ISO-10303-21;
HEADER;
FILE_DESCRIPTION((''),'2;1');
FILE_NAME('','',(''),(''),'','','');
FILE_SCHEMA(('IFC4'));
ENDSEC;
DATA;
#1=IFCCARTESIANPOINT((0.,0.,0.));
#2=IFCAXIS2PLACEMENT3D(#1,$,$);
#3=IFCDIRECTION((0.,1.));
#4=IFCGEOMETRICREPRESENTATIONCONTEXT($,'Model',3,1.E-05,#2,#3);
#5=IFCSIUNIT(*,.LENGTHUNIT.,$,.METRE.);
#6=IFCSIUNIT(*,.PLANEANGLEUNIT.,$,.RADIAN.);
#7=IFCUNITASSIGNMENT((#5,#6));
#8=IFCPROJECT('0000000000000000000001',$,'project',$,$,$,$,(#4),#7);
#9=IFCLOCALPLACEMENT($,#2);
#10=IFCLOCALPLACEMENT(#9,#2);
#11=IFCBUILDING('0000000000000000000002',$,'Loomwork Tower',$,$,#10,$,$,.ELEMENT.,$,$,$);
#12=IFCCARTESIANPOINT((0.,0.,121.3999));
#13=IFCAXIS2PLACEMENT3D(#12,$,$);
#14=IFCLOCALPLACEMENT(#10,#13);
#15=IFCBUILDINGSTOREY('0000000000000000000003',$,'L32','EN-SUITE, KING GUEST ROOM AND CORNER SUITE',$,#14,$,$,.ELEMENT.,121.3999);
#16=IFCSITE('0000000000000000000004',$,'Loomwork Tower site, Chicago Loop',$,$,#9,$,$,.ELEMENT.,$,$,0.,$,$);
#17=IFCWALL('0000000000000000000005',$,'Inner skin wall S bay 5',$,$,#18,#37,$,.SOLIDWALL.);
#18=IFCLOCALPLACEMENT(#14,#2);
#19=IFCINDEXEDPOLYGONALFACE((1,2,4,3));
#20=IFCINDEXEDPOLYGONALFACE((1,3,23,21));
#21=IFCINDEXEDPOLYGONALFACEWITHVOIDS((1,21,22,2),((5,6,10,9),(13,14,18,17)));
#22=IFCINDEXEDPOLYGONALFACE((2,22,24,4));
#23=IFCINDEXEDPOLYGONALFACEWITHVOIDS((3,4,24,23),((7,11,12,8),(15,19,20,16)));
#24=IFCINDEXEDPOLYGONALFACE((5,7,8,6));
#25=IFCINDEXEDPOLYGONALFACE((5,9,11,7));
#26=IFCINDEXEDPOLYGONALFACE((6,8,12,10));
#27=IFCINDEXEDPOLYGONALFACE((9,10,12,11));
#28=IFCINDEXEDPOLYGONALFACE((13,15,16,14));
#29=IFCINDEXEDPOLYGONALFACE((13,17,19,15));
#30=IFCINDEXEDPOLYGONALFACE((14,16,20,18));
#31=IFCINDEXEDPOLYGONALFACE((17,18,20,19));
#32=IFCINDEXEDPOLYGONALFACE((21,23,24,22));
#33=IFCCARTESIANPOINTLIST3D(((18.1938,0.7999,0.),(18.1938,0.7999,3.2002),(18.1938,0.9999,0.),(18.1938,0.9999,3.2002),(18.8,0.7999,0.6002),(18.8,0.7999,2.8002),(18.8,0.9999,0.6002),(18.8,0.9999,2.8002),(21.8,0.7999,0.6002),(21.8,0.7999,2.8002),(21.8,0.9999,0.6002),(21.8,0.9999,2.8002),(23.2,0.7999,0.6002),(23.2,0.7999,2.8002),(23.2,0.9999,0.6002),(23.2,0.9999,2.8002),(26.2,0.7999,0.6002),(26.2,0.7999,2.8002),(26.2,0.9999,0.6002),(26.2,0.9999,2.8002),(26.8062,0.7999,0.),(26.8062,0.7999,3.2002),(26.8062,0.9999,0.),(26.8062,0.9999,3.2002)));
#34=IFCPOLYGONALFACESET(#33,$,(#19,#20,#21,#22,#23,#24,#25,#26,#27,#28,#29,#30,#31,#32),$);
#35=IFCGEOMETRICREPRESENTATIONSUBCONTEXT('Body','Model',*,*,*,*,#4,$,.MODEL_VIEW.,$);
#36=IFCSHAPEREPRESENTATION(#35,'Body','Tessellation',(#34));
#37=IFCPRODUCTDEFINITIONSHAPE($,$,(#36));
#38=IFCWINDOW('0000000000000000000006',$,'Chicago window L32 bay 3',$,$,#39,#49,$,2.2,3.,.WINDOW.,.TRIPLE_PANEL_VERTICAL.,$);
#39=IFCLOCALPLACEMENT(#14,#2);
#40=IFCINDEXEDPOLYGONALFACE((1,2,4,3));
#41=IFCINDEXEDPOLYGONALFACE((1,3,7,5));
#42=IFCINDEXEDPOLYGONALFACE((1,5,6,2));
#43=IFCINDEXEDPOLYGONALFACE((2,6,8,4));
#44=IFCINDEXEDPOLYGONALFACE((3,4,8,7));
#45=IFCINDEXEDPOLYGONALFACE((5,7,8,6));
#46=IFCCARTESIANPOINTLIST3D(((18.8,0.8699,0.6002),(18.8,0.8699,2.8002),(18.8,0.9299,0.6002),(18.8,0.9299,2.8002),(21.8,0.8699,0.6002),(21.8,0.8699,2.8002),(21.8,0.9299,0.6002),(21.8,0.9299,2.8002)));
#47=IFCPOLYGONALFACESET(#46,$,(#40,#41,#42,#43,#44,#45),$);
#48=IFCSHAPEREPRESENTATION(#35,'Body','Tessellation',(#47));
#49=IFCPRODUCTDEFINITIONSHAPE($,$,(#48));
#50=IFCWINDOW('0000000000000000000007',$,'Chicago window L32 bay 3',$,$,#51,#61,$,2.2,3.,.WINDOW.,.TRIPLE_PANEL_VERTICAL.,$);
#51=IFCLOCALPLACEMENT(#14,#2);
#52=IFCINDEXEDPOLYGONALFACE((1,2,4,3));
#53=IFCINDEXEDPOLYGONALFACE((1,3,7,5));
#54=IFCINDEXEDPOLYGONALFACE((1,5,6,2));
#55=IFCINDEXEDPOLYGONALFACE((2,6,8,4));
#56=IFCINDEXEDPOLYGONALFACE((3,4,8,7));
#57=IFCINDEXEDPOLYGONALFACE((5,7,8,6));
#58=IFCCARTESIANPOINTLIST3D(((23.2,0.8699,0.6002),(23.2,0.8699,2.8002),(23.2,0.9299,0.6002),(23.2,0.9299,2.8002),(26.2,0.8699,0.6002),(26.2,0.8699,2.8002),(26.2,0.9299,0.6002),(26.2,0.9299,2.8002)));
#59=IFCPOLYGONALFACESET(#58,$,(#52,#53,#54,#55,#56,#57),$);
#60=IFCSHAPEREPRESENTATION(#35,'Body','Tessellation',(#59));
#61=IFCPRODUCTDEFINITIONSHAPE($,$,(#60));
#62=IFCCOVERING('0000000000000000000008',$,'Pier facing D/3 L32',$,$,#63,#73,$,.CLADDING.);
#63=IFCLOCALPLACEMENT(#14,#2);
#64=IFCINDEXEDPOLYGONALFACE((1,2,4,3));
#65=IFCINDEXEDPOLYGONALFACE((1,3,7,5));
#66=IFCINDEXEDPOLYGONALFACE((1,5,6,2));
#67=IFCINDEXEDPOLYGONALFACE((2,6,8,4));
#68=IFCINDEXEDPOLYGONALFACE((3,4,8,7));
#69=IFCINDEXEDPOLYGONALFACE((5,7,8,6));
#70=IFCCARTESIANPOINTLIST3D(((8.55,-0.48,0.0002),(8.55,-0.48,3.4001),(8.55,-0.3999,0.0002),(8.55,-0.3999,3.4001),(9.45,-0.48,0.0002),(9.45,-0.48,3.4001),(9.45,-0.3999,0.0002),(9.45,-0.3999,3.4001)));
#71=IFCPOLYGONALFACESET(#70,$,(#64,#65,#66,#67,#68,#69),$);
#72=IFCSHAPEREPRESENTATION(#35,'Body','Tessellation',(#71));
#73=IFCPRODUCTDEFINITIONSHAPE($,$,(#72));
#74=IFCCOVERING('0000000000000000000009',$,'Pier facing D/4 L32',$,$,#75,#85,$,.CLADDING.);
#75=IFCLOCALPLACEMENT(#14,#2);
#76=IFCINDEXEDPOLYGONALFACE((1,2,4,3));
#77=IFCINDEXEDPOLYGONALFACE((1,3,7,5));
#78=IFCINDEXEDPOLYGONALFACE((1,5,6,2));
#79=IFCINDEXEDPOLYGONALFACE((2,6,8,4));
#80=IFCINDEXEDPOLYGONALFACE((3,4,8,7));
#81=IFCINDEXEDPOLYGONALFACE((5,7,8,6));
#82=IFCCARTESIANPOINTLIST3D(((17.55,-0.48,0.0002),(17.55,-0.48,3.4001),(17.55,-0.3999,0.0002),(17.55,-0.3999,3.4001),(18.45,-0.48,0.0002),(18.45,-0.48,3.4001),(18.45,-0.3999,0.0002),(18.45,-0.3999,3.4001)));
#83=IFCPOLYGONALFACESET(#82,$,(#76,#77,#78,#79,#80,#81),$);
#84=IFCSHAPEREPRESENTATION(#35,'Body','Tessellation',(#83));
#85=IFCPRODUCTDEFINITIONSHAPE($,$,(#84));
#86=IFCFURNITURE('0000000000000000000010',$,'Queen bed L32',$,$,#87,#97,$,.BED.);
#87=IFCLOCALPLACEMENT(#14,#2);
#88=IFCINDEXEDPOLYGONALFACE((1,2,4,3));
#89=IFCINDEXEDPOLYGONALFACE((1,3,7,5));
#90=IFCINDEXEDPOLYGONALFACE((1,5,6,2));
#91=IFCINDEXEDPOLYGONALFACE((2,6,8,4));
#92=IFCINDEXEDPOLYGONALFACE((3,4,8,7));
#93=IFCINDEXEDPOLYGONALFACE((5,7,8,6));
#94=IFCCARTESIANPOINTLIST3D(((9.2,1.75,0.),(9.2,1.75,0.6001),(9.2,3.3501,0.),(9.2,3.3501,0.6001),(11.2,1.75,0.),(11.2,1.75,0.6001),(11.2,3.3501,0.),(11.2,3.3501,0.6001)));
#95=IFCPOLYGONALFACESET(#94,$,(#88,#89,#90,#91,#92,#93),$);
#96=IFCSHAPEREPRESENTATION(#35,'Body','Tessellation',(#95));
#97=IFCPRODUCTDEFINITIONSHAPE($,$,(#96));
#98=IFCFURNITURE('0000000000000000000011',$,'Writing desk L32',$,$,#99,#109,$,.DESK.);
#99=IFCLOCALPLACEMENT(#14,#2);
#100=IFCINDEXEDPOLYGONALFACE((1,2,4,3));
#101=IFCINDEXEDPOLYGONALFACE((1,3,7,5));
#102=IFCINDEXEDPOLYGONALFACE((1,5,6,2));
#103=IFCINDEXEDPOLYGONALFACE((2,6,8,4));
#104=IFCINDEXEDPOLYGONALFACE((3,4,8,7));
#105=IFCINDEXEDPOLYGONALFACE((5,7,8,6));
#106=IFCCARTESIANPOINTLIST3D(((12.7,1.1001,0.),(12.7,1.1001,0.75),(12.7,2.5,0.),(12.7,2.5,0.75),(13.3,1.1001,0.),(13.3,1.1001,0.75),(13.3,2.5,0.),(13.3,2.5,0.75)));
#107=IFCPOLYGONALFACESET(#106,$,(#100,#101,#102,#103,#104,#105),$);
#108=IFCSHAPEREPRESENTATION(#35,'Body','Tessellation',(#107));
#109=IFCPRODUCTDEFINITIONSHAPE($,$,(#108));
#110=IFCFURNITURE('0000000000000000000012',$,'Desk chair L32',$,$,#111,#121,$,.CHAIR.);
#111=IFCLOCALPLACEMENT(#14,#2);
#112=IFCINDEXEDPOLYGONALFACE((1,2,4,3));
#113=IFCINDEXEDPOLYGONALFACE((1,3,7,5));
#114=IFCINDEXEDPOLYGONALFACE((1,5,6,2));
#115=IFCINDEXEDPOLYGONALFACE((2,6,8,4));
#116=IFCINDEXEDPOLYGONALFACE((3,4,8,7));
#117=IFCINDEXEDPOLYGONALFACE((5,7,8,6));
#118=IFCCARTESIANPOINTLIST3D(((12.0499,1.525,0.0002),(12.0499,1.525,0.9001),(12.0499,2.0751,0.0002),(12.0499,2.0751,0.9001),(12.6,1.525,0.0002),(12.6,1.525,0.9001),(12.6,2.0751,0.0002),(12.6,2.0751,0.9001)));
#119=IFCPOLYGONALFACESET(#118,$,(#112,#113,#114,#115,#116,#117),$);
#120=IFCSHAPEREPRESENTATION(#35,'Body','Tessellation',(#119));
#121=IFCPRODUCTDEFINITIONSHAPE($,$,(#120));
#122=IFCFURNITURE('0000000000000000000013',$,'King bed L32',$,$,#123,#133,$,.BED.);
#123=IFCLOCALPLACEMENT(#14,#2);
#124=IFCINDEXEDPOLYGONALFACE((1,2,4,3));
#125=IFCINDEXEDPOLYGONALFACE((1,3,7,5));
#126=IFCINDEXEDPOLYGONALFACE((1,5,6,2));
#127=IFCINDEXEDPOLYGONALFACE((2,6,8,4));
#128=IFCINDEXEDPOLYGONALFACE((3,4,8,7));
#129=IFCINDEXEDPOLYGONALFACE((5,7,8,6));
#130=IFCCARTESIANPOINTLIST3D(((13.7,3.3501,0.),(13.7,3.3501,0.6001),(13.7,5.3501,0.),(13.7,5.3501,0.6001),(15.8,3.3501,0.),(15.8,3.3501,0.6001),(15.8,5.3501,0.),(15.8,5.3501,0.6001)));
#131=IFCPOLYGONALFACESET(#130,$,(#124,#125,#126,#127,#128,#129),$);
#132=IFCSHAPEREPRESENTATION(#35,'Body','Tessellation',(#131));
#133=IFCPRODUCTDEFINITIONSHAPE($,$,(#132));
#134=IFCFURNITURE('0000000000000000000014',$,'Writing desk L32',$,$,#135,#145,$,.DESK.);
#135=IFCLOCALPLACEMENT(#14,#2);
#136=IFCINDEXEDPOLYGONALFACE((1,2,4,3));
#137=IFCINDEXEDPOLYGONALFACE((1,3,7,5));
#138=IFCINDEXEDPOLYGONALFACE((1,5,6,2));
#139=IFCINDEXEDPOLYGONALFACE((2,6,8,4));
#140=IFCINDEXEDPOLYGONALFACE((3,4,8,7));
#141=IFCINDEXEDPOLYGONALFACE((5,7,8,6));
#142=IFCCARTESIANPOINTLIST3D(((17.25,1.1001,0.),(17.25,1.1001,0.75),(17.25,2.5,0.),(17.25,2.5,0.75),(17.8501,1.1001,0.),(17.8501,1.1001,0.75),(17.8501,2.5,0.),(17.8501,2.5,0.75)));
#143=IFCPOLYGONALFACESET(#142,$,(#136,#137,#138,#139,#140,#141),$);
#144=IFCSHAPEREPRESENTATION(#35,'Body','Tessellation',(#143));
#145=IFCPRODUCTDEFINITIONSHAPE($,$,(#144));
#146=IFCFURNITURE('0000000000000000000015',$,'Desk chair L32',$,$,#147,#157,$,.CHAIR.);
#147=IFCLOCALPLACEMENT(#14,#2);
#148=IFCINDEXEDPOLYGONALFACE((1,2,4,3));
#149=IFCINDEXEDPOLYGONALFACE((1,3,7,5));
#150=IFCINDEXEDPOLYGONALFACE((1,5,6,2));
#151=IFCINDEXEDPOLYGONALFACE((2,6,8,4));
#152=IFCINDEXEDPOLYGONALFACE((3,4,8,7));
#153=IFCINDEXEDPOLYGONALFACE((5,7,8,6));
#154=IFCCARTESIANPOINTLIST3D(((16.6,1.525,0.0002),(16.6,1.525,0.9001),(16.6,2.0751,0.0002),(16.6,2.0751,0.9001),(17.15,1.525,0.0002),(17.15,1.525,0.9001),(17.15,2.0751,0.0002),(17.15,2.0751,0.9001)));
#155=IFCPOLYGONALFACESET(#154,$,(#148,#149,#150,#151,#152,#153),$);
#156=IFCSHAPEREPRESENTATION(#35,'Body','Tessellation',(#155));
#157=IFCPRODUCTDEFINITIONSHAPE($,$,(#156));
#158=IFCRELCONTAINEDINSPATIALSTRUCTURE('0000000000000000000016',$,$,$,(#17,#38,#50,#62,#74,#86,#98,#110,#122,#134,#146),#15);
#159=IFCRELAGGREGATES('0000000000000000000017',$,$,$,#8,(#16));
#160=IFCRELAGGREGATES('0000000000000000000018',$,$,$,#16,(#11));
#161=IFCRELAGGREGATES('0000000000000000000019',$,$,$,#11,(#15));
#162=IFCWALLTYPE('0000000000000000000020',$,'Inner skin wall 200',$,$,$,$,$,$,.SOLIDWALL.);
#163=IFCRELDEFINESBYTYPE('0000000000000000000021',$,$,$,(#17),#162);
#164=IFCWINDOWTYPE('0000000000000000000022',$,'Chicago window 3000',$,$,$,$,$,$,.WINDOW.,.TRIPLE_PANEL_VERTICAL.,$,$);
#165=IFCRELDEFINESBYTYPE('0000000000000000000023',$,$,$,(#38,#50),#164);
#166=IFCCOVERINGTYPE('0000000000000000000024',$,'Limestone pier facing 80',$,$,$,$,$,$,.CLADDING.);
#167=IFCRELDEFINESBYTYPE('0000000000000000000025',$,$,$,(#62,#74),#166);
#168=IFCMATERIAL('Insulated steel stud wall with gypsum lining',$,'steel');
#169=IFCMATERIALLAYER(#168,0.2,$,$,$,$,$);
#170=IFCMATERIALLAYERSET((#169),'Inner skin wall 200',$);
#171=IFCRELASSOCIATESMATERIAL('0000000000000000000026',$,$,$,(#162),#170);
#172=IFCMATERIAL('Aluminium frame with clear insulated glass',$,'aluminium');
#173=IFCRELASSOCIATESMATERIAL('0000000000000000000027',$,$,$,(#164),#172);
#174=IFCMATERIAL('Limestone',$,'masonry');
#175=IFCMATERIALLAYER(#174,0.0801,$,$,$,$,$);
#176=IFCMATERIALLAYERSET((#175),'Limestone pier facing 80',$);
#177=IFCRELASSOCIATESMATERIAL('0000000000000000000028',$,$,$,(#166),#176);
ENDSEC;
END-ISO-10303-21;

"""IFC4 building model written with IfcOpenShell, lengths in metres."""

from ifc_helpers import new_model, si_unit, direction, frame, frame_2d, origin, origin_2d, place, context, subcontext, project, spatial, rectangle, extrude, material, layer, layer_set, type_object, element, fill, save


model = new_model("IFC4")

# Units and contexts
model_context = context("Model", 3, precision=1e-05, world=origin(), true_north=direction((0.0, 1.0)))
body_context = subcontext(model_context, "Body", "Model", "MODEL_VIEW")
ifc_project = project(units=[si_unit("LENGTHUNIT", "METRE"), si_unit("PLANEANGLEUNIT", "RADIAN")], contexts=[model_context])

# Site, building, storey
site_placement = place(None, origin())
site = spatial("IfcSite", under=ifc_project, at=site_placement, Name="Loomwork Tower site, Chicago Loop", CompositionType="ELEMENT", RefElevation=0.0)
building_placement = place(site_placement, origin())
building = spatial("IfcBuilding", under=site, at=building_placement, Name="Loomwork Tower", CompositionType="ELEMENT")
storey_placement = place(building_placement, frame((0.0, 0.0, 121.3999)))
storey = spatial("IfcBuildingStorey", under=building, at=storey_placement, Name="L32", Description="EN-SUITE, KING GUEST ROOM AND CORNER SUITE", CompositionType="ELEMENT", Elevation=121.3999)

# Shared definitions
ifc_material_1 = material(Name="Insulated steel stud wall with gypsum lining", Category="steel")
ifc_layer_1 = layer(ifc_material_1, 0.2)
ifc_layer_set_1 = layer_set([ifc_layer_1], Name="Inner skin wall 200")
wall_type_1 = type_object("IfcWallType", Name="Inner skin wall 200", PredefinedType="SOLIDWALL", material=ifc_layer_set_1)

# Shared definitions
ifc_material_2 = material(Name="Aluminium frame with clear insulated glass", Category="aluminium")
window_type = type_object("IfcWindowType", Name="Chicago window 3000", PartitioningType="TRIPLE_PANEL_VERTICAL", PredefinedType="WINDOW", material=ifc_material_2)

# Wall, openings, windows
wall_1_placement = place(storey_placement, frame((18.1938, 0.8999, 0.0), z_axis=(0.0, 0.0, 1.0), x_axis=(1.0, 0.0, 0.0)))
wall_1 = element("IfcWall", 1, at=wall_1_placement, inside=storey, type_object=wall_type_1, Name="Inner skin wall S bay 5", PredefinedType="SOLIDWALL", context=body_context, shape_type="SweptSolid", body=[
    extrude(rectangle(XDim=8.6123, YDim=0.2, at=frame_2d((4.3062, 0.0))), origin(), (0.0, 0.0, 1.0), 3.2002),
])
opening_1_placement = place(wall_1_placement, frame((0.6062, 0.0, 0.6001)))
opening_1 = element("IfcOpeningElement", 2, at=opening_1_placement, cuts=wall_1, PredefinedType="OPENING", context=body_context, shape_type="SweptSolid", body=[
    extrude(rectangle(XDim=3.0, YDim=2.2, at=frame_2d((1.5, 1.1001))), frame((0.0, 0.1099, 0.0), z_axis=(0.0, -1.0, 0.0), x_axis=(1.0, 0.0, 0.0)), (0.0, 0.0, 1.0), 0.22),
])
opening_2_placement = place(wall_1_placement, frame((5.0061, 0.0, 0.6001)))
opening_2 = element("IfcOpeningElement", 3, at=opening_2_placement, cuts=wall_1, PredefinedType="OPENING", context=body_context, shape_type="SweptSolid", body=[
    extrude(rectangle(XDim=3.0, YDim=2.2, at=frame_2d((1.5, 1.1001))), frame((0.0, 0.1099, 0.0), z_axis=(0.0, -1.0, 0.0), x_axis=(1.0, 0.0, 0.0)), (0.0, 0.0, 1.0), 0.22),
])
window_1_placement = place(opening_1_placement, origin())
window_1 = element("IfcWindow", 4, at=window_1_placement, inside=storey, type_object=window_type, Name="Chicago window L32 bay 3", OverallHeight=2.2, OverallWidth=3.0, PartitioningType="TRIPLE_PANEL_VERTICAL", PredefinedType="WINDOW", context=body_context, shape_type="SweptSolid", body=[
    extrude(rectangle(XDim=3.0, YDim=2.2, at=frame_2d((1.5, 1.1001))), frame((0.0, 0.03, 0.0), z_axis=(0.0, -1.0, 0.0), x_axis=(1.0, 0.0, 0.0)), (0.0, 0.0, 1.0), 0.0601),
])
fill(opening_1, window_1)
window_2_placement = place(opening_2_placement, origin())
window_2 = element("IfcWindow", 5, at=window_2_placement, inside=storey, type_object=window_type, Name="Chicago window L32 bay 3", OverallHeight=2.2, OverallWidth=3.0, PartitioningType="TRIPLE_PANEL_VERTICAL", PredefinedType="WINDOW", context=body_context, shape_type="SweptSolid", body=[
    extrude(rectangle(XDim=3.0, YDim=2.2, at=frame_2d((1.5, 1.1001))), frame((0.0, 0.03, 0.0), z_axis=(0.0, -1.0, 0.0), x_axis=(1.0, 0.0, 0.0)), (0.0, 0.0, 1.0), 0.0601),
])
fill(opening_2, window_2)

# Coverings
ifc_material_3 = material(Name="Limestone", Category="masonry")
ifc_layer_2 = layer(ifc_material_3, 0.0801)
ifc_layer_set_2 = layer_set([ifc_layer_2], Name="Limestone pier facing 80")
covering_type = type_object("IfcCoveringType", Name="Limestone pier facing 80", PredefinedType="CLADDING", material=ifc_layer_set_2)
for number, where, z_axis, x_axis, name in (
    (6, (9.0, -0.4399, 0.0002), (0.0, 0.0, 1.0), (1.0, 0.0, 0.0), "Pier facing D/3 L32"),
    (7, (18.0, -0.4399, 0.0002), (0.0, 0.0, 1.0), (1.0, 0.0, 0.0), "Pier facing D/4 L32"),
):
    element("IfcCovering", number, at=place(storey_placement, frame(where, z_axis=z_axis, x_axis=x_axis)), inside=storey, type_object=covering_type, Name=name, PredefinedType="CLADDING", context=body_context, shape_type="SweptSolid", body=[
        extrude(rectangle(XDim=0.8999, YDim=0.0801, at=origin_2d()), origin(), (0.0, 0.0, 1.0), 3.3999),
    ])

# Furniture
furniture_1_placement = place(storey_placement, frame((10.2, 2.55, 0.0), z_axis=(0.0, 0.0, 1.0), x_axis=(1.0, 0.0, 0.0)))
element("IfcFurniture", 8, at=furniture_1_placement, inside=storey, Name="Queen bed L32", PredefinedType="BED", context=body_context, shape_type="SweptSolid", body=[
    extrude(rectangle(XDim=2.0, YDim=1.6001, at=origin_2d()), origin(), (0.0, 0.0, 1.0), 0.6001),
])
furniture_2_placement = place(storey_placement, frame((13.0, 1.8, 0.0), z_axis=(0.0, 0.0, 1.0), x_axis=(1.0, 0.0, 0.0)))
element("IfcFurniture", 9, at=furniture_2_placement, inside=storey, Name="Writing desk L32", PredefinedType="DESK", context=body_context, shape_type="SweptSolid", body=[
    extrude(rectangle(XDim=0.6001, YDim=1.3999, at=origin_2d()), origin(), (0.0, 0.0, 1.0), 0.75),
])
furniture_3_placement = place(storey_placement, frame((12.325, 1.8, 0.0002), z_axis=(0.0, 0.0, 1.0), x_axis=(1.0, 0.0, 0.0)))
element("IfcFurniture", 10, at=furniture_3_placement, inside=storey, Name="Desk chair L32", PredefinedType="CHAIR", context=body_context, shape_type="SweptSolid", body=[
    extrude(rectangle(XDim=0.55, YDim=0.55, at=origin_2d()), origin(), (0.0, 0.0, 1.0), 0.8999),
])
furniture_4_placement = place(storey_placement, frame((14.75, 4.3501, 0.0), z_axis=(0.0, 0.0, 1.0), x_axis=(1.0, 0.0, 0.0)))
element("IfcFurniture", 11, at=furniture_4_placement, inside=storey, Name="King bed L32", PredefinedType="BED", context=body_context, shape_type="SweptSolid", body=[
    extrude(rectangle(XDim=2.1001, YDim=2.0, at=origin_2d()), origin(), (0.0, 0.0, 1.0), 0.6001),
])
furniture_5_placement = place(storey_placement, frame((17.55, 1.8, 0.0), z_axis=(0.0, 0.0, 1.0), x_axis=(1.0, 0.0, 0.0)))
element("IfcFurniture", 12, at=furniture_5_placement, inside=storey, Name="Writing desk L32", PredefinedType="DESK", context=body_context, shape_type="SweptSolid", body=[
    extrude(rectangle(XDim=0.6001, YDim=1.3999, at=origin_2d()), origin(), (0.0, 0.0, 1.0), 0.75),
])
furniture_6_placement = place(storey_placement, frame((16.875, 1.8, 0.0002), z_axis=(0.0, 0.0, 1.0), x_axis=(1.0, 0.0, 0.0)))
element("IfcFurniture", 13, at=furniture_6_placement, inside=storey, Name="Desk chair L32", PredefinedType="CHAIR", context=body_context, shape_type="SweptSolid", body=[
    extrude(rectangle(XDim=0.55, YDim=0.55, at=origin_2d()), origin(), (0.0, 0.0, 1.0), 0.8999),
])

save(model, "model.ifc")
